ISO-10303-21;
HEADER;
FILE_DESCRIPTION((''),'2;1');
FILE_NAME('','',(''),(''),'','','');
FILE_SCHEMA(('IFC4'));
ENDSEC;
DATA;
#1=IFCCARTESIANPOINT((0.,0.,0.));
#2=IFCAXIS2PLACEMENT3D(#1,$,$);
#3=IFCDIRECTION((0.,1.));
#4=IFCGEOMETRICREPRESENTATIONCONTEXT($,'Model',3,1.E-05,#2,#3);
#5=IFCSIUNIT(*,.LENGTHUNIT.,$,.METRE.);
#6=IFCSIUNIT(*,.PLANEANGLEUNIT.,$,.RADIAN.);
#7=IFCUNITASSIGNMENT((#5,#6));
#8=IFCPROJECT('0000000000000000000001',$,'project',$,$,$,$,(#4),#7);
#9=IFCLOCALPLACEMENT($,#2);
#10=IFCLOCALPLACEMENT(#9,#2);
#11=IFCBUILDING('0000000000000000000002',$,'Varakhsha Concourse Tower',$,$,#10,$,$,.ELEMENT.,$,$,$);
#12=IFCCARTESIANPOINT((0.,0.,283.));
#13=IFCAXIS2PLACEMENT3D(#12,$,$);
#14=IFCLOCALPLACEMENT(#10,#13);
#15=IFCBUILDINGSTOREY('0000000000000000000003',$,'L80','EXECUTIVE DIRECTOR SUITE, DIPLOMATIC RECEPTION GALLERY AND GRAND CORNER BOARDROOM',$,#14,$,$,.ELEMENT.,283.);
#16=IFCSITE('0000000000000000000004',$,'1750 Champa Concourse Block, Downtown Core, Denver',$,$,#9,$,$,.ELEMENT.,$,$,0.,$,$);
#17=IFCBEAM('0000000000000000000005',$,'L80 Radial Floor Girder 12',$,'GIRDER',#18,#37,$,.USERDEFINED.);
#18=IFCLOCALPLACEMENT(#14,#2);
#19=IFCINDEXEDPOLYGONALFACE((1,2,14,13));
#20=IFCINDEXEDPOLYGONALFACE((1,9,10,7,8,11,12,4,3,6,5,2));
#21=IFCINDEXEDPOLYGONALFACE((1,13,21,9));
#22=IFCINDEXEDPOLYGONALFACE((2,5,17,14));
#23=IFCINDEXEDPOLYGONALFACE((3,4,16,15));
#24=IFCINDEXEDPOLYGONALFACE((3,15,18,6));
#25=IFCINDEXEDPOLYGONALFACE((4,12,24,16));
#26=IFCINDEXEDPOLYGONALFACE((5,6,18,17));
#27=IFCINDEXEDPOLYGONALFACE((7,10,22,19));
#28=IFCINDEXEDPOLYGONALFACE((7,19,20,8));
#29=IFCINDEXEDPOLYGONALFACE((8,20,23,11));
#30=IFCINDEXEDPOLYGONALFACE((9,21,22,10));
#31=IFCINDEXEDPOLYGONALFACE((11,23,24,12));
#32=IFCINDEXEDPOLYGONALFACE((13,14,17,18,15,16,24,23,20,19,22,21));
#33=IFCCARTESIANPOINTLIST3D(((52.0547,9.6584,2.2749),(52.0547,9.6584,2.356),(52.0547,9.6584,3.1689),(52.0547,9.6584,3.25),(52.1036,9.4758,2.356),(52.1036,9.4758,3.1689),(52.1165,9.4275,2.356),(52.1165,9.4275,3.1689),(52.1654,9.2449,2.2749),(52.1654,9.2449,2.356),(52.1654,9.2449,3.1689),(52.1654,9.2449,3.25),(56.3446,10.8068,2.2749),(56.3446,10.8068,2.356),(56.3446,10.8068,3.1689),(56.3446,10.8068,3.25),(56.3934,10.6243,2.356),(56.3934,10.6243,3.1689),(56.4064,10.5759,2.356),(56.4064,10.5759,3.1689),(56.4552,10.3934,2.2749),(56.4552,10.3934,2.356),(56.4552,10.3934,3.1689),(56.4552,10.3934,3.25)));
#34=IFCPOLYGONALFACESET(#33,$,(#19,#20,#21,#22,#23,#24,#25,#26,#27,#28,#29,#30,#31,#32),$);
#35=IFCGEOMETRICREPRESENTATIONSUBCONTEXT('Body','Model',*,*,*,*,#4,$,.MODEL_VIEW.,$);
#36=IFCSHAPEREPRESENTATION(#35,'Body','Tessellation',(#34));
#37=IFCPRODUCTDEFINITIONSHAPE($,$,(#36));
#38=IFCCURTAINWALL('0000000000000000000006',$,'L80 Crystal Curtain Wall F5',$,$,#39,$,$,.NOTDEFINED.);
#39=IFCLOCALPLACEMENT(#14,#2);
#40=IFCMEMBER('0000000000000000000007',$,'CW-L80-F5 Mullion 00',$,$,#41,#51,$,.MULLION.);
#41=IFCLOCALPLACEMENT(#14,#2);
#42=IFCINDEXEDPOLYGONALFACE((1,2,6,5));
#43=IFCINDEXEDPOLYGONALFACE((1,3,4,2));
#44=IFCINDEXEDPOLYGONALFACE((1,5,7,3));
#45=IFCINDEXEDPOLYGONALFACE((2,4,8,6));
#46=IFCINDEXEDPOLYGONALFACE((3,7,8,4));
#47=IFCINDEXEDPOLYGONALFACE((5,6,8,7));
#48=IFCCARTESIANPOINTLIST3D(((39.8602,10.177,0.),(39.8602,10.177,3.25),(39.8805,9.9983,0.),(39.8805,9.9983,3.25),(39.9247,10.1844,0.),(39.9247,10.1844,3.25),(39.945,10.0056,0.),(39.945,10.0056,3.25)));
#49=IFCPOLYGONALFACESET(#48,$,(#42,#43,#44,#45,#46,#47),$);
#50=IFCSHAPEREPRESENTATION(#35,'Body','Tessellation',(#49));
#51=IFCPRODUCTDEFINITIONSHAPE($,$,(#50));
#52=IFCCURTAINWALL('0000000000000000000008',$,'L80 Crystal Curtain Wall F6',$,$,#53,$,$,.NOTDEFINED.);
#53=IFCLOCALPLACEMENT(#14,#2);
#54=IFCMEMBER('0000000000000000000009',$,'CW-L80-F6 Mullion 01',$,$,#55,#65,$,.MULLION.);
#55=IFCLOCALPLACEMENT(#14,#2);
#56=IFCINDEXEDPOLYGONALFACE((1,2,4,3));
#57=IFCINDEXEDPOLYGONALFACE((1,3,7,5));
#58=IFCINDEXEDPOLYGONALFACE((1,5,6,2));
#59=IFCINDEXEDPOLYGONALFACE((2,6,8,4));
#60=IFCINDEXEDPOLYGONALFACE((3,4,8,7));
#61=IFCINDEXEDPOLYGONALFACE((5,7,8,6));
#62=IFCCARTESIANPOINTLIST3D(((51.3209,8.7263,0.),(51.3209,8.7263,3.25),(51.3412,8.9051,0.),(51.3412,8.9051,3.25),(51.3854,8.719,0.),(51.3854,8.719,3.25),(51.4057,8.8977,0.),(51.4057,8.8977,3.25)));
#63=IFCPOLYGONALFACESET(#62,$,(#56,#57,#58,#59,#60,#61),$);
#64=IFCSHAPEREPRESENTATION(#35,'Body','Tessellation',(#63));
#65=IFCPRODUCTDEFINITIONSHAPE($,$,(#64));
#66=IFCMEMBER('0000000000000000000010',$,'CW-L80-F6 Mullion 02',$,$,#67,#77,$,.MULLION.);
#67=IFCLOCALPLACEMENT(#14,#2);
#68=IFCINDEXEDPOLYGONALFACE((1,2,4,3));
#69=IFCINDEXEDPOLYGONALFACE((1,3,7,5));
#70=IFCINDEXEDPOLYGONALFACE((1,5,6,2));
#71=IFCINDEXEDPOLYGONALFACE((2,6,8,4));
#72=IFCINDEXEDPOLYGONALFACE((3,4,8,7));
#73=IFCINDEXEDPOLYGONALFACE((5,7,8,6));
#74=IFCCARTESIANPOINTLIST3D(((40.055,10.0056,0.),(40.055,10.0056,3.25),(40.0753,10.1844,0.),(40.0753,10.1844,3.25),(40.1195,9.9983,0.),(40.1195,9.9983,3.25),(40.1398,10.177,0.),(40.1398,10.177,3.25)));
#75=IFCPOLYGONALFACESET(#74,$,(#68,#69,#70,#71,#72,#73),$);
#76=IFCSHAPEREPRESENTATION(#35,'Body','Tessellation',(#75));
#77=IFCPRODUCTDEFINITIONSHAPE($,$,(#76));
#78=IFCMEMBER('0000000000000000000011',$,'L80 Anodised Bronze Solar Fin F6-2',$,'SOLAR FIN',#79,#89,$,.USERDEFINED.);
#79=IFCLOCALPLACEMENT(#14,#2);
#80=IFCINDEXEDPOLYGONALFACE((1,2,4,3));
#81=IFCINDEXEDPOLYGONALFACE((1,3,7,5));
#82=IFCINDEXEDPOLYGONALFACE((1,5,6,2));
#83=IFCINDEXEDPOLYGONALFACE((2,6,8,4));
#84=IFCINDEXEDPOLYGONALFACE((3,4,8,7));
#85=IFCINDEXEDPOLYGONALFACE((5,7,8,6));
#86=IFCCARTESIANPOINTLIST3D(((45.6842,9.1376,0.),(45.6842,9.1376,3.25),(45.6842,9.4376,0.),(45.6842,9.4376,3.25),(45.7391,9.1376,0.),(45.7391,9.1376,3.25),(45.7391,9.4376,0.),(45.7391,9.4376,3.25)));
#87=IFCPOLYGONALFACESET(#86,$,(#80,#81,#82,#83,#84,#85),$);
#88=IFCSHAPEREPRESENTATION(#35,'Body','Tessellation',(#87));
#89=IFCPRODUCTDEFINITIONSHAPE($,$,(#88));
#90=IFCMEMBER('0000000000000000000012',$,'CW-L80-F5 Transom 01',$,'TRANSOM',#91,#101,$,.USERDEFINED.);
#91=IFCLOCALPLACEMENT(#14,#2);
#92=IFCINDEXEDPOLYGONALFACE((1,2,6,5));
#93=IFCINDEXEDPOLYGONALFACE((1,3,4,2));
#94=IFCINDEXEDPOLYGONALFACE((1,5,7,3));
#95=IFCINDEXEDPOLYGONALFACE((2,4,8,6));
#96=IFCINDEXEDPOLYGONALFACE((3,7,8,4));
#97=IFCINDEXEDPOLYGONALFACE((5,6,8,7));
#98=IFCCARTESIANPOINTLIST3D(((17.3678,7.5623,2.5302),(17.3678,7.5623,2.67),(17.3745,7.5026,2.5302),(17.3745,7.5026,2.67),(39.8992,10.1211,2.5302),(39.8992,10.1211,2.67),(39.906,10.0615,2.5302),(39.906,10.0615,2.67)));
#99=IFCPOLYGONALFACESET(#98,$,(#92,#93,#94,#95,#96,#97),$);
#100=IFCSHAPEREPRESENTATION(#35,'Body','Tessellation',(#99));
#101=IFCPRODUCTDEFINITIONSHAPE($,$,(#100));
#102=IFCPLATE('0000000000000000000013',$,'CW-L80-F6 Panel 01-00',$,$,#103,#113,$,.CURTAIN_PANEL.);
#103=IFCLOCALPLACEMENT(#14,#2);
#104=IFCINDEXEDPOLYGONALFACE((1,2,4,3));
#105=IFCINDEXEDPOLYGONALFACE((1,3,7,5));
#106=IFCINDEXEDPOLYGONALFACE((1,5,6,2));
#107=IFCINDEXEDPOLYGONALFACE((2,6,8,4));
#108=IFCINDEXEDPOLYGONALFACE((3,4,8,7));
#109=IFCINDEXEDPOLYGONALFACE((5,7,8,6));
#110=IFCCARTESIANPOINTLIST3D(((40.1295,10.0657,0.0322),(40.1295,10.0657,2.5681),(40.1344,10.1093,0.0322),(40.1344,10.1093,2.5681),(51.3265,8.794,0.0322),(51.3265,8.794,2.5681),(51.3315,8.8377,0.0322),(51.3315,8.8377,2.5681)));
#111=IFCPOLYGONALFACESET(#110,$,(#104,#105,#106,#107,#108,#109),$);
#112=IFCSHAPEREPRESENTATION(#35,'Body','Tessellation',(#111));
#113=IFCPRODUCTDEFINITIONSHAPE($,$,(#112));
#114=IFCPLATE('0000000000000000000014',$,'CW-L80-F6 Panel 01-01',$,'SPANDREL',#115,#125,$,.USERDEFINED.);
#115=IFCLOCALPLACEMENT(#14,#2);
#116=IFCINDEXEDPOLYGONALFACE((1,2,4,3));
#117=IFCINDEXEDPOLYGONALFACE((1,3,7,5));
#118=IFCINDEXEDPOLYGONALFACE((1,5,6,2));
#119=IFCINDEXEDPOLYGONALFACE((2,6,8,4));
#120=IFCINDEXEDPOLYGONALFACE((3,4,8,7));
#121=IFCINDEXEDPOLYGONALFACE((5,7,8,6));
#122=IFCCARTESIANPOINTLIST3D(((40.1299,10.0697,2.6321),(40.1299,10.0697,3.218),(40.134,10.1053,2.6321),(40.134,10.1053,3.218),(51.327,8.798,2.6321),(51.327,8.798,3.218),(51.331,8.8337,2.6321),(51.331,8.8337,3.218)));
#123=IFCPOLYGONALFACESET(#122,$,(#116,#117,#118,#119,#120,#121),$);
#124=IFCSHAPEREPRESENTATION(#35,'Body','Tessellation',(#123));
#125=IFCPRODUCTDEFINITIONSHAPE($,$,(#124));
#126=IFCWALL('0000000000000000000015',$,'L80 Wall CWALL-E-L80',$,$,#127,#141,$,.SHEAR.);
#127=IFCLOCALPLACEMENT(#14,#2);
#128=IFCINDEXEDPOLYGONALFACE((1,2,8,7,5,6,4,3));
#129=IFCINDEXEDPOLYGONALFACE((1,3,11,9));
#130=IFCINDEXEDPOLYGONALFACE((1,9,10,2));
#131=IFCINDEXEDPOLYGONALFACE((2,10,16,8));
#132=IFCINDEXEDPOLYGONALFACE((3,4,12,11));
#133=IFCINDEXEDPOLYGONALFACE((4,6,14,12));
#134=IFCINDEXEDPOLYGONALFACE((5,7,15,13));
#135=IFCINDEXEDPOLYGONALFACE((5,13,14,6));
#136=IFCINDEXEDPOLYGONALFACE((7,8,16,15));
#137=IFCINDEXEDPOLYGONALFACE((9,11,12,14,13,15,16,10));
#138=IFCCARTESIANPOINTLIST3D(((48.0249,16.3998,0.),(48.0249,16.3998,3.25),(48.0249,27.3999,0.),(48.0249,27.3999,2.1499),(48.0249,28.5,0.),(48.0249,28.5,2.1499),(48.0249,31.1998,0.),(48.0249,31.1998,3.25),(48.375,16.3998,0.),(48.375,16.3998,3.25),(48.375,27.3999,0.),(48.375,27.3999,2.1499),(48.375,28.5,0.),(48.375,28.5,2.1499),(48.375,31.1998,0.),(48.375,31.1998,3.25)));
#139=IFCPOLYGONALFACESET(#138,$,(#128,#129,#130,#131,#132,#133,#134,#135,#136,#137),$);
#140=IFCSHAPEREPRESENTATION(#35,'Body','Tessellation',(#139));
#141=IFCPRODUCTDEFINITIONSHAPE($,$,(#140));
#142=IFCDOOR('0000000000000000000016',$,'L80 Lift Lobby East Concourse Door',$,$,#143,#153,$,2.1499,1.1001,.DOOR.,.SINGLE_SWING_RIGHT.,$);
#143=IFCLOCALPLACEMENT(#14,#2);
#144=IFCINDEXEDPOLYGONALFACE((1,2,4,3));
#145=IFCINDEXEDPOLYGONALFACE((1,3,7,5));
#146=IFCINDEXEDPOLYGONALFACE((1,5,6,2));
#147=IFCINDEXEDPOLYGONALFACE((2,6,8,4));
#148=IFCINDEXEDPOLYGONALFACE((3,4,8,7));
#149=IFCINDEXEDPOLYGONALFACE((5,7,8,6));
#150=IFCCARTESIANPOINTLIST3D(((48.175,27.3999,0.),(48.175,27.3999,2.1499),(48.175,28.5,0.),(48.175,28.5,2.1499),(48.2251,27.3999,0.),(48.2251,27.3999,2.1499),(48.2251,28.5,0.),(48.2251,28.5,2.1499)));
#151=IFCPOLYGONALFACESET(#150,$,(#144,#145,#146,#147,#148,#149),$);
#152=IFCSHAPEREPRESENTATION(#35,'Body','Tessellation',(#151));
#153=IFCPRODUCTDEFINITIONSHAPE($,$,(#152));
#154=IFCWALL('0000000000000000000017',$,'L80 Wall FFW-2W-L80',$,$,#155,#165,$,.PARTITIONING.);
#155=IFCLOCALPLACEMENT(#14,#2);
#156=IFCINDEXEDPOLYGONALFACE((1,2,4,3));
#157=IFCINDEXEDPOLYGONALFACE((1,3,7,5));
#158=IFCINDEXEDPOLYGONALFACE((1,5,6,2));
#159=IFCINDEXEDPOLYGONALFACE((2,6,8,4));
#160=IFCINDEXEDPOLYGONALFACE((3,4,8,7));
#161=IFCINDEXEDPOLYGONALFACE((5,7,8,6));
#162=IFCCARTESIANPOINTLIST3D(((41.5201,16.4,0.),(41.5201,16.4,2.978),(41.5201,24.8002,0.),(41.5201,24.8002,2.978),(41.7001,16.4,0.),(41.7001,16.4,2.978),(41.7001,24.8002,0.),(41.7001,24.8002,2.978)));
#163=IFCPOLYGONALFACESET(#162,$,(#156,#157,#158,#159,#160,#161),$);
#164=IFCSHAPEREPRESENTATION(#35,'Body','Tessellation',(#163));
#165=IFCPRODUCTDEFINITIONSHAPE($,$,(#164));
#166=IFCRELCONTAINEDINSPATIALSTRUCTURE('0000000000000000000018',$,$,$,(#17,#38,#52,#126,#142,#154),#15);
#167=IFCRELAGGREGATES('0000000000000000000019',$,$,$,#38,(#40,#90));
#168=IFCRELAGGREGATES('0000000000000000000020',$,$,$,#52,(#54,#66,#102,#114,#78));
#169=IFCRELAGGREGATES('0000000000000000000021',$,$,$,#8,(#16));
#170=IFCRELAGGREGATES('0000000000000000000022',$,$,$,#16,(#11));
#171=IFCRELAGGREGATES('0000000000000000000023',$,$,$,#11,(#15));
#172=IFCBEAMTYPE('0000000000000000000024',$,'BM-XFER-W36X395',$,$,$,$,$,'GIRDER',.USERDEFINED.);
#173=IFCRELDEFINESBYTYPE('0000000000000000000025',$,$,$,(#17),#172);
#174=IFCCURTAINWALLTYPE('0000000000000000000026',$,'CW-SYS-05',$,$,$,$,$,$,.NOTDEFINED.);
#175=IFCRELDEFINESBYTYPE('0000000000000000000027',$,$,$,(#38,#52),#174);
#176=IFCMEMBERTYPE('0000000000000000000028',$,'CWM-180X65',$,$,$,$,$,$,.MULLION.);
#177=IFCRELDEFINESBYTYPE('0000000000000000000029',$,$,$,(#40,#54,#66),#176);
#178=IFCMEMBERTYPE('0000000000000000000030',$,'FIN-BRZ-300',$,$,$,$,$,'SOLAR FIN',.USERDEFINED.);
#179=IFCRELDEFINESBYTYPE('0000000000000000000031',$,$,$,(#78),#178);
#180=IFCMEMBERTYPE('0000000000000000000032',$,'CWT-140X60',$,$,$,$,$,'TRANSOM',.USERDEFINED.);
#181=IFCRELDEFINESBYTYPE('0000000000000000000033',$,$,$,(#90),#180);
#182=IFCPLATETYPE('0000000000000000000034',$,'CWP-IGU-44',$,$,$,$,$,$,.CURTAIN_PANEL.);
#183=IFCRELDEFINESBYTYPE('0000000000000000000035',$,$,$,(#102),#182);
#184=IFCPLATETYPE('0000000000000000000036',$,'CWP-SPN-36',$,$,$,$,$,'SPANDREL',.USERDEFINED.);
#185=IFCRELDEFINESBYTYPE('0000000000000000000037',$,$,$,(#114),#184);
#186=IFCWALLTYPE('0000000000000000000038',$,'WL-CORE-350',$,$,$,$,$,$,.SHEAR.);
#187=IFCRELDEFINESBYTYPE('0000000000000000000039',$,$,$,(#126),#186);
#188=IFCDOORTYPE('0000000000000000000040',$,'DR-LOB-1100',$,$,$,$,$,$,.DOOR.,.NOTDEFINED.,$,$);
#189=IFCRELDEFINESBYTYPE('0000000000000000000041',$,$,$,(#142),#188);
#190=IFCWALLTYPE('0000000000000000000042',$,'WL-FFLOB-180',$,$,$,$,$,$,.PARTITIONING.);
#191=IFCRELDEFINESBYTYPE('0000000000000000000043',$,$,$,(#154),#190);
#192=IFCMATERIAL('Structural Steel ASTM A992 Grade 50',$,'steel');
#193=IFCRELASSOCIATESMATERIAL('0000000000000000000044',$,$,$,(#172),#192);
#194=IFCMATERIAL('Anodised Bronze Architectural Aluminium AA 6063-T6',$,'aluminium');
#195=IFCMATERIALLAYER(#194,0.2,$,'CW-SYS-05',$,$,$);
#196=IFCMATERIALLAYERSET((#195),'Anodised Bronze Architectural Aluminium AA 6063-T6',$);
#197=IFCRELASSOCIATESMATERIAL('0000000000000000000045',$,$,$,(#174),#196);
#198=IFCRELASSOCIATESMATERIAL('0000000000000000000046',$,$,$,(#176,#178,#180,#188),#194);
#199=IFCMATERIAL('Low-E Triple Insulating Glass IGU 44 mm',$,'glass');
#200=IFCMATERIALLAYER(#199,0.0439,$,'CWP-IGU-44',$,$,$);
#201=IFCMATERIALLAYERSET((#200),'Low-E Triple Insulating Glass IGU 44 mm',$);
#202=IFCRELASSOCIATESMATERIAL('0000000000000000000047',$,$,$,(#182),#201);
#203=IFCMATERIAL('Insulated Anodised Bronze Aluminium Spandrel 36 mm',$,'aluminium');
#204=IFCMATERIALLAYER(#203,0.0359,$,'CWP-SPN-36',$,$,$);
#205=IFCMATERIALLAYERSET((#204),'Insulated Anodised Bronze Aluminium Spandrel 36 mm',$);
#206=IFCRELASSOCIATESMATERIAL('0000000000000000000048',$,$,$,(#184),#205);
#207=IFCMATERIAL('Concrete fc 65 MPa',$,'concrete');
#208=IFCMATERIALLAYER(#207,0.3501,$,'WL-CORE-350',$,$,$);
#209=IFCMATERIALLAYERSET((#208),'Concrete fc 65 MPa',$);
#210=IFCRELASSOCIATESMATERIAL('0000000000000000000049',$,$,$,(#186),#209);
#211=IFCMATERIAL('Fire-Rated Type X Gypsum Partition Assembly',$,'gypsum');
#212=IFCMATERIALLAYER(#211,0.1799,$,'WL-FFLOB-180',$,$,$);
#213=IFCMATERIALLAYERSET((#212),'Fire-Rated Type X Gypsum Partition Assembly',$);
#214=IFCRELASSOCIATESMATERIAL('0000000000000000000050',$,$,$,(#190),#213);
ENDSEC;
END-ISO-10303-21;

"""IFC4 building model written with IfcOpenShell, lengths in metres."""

from ifc_helpers import new_model, si_unit, direction, frame, frame_2d, origin, origin_2d, place, context, subcontext, project, spatial, rectangle, i_section, extrude, source, transform, mapped, material, layer, layer_set, material_profile, profile_set, type_object, type_shapes, element, fill, aggregate, save


model = new_model("IFC4")

# Units and contexts
model_context = context("Model", 3, precision=1e-05, world=origin(), true_north=direction((0.0, 1.0)))
body_context = subcontext(model_context, "Body", "Model", "MODEL_VIEW")
ifc_project = project(units=[si_unit("LENGTHUNIT", "METRE"), si_unit("PLANEANGLEUNIT", "RADIAN")], contexts=[model_context])

# Site, building, storey
site_placement = place(None, origin())
site = spatial("IfcSite", under=ifc_project, at=site_placement, Name="1750 Champa Concourse Block, Downtown Core, Denver", CompositionType="ELEMENT", RefElevation=0.0)
building_placement = place(site_placement, origin())
building = spatial("IfcBuilding", under=site, at=building_placement, Name="Varakhsha Concourse Tower", CompositionType="ELEMENT")
storey_placement = place(building_placement, frame((0.0, 0.0, 283.0)))
storey = spatial("IfcBuildingStorey", under=building, at=storey_placement, Name="L80", Description="EXECUTIVE DIRECTOR SUITE, DIPLOMATIC RECEPTION GALLERY AND GRAND CORNER BOARDROOM", CompositionType="ELEMENT", Elevation=283.0)

# Shared definitions
ifc_material_1 = material(Name="Structural Steel ASTM A992 Grade 50", Category="steel")
ifc_material_2 = material(Name="Concrete fc 65 MPa", Category="concrete")

# Beam
ifc_material_profile_1 = material_profile(ifc_material_1, i_section(OverallWidth=0.428, OverallDepth=0.9751, WebThickness=0.05, FlangeThickness=0.0811, at=origin_2d()), Name="W36X395")
ifc_profile_set_1 = profile_set([ifc_material_profile_1], Name="Structural Steel ASTM A992 Grade 50")
beam_type_1 = type_object("IfcBeamType", Name="BM-XFER-W36X395", ElementType="GIRDER", PredefinedType="USERDEFINED", material=ifc_profile_set_1)
beam_1_placement = place(storey_placement, frame((56.3999, 10.6001, 2.7625), z_axis=(-0.965983, -0.258607, 0.0), x_axis=(0.258607, -0.965983, 0.0)))
element("IfcBeam", 1, at=beam_1_placement, inside=storey, type_object=beam_type_1, Name="L80 Radial Floor Girder 12", ObjectType="GIRDER", PredefinedType="USERDEFINED", context=body_context, shape_type="SweptSolid", body=[
    extrude(i_section(OverallWidth=0.428, OverallDepth=0.9751, WebThickness=0.05, FlangeThickness=0.0811, at=origin_2d()), origin(), (0.0, 0.0, 1.0), 4.4409),
])

# Curtain wall, member
ifc_material_3 = material(Name="Anodised Bronze Architectural Aluminium AA 6063-T6", Category="aluminium")
ifc_layer_1 = layer(ifc_material_3, 0.2, Name="CW-SYS-05")
ifc_layer_set_1 = layer_set([ifc_layer_1], Name="Anodised Bronze Architectural Aluminium AA 6063-T6")
curtain_wall_type = type_object("IfcCurtainWallType", Name="CW-SYS-05", PredefinedType="NOTDEFINED", material=ifc_layer_set_1)
curtain_wall_1_placement = place(storey_placement, origin())
curtain_wall_1 = element("IfcCurtainWall", 2, at=curtain_wall_1_placement, inside=storey, type_object=curtain_wall_type, Name="L80 Crystal Curtain Wall F5", PredefinedType="NOTDEFINED")
ifc_material_profile_2 = material_profile(ifc_material_3, rectangle(XDim=0.0649, YDim=0.1799, at=origin_2d()), Name="CWM-180X65")
ifc_profile_set_2 = profile_set([ifc_material_profile_2], Name="Anodised Bronze Architectural Aluminium AA 6063-T6")
member_type_1 = type_object("IfcMemberType", Name="CWM-180X65", PredefinedType="MULLION", material=ifc_profile_set_2)
shared_shape_1 = source(origin(), body_context, "Body", "SweptSolid", [
    extrude(rectangle(XDim=0.0649, YDim=0.1799, at=origin_2d()), origin(), (0.0, 0.0, 1.0), 3.25),
])
type_shapes(member_type_1, [shared_shape_1])
member_1_placement = place(storey_placement, frame((39.9026, 10.0913, 0.0), z_axis=(0.0, 0.0, 1.0), x_axis=(-0.993613, -0.112844, 0.0)))
member_1 = element("IfcMember", 3, at=member_1_placement, type_object=member_type_1, Name="CW-L80-F5 Mullion 00", PredefinedType="MULLION", context=body_context, shape_type="MappedRepresentation", body=[
    mapped(shared_shape_1, transform((0.0, 0.0, 0.0), scale=1.0)),
])

# Curtain wall, members
curtain_wall_2_placement = place(storey_placement, origin())
curtain_wall_2 = element("IfcCurtainWall", 4, at=curtain_wall_2_placement, inside=storey, type_object=curtain_wall_type, Name="L80 Crystal Curtain Wall F6", PredefinedType="NOTDEFINED")
member_2_placement = place(storey_placement, frame((51.3633, 8.812, 0.0), z_axis=(0.0, 0.0, 1.0), x_axis=(-0.993613, 0.112844, 0.0)))
member_2 = element("IfcMember", 5, at=member_2_placement, type_object=member_type_1, Name="CW-L80-F6 Mullion 01", PredefinedType="MULLION", context=body_context, shape_type="MappedRepresentation", body=[
    mapped(shared_shape_1, transform((0.0, 0.0, 0.0), scale=1.0)),
])
member_3_placement = place(storey_placement, frame((40.0974, 10.0913, 0.0), z_axis=(0.0, 0.0, 1.0), x_axis=(-0.993613, 0.112844, 0.0)))
member_3 = element("IfcMember", 6, at=member_3_placement, type_object=member_type_1, Name="CW-L80-F6 Mullion 02", PredefinedType="MULLION", context=body_context, shape_type="MappedRepresentation", body=[
    mapped(shared_shape_1, transform((0.0, 0.0, 0.0), scale=1.0)),
])
ifc_material_profile_3 = material_profile(ifc_material_3, rectangle(XDim=0.0549, YDim=0.3, at=origin_2d()), Name="FIN-BRZ-300")
ifc_profile_set_3 = profile_set([ifc_material_profile_3], Name="Anodised Bronze Architectural Aluminium AA 6063-T6")
member_type_2 = type_object("IfcMemberType", Name="FIN-BRZ-300", ElementType="SOLAR FIN", PredefinedType="USERDEFINED", material=ifc_profile_set_3)
shared_shape_2 = source(origin(), body_context, "Body", "SweptSolid", [
    extrude(rectangle(XDim=0.0549, YDim=0.3, at=origin_2d()), origin(), (0.0, 0.0, 1.0), 3.25),
])
type_shapes(member_type_2, [shared_shape_2])
member_4_placement = place(storey_placement, frame((45.7117, 9.2876, 0.0), z_axis=(0.0, 0.0, 1.0), x_axis=(1.0, 0.0, 0.0)))
member_4 = element("IfcMember", 7, at=member_4_placement, type_object=member_type_2, Name="L80 Anodised Bronze Solar Fin F6-2", ObjectType="SOLAR FIN", PredefinedType="USERDEFINED", context=body_context, shape_type="MappedRepresentation", body=[
    mapped(shared_shape_2, transform((0.0, 0.0, 0.0), scale=1.0)),
])

# Member
ifc_material_profile_4 = material_profile(ifc_material_3, rectangle(XDim=0.0601, YDim=0.1399, at=origin_2d()), Name="CWT-140X60")
ifc_profile_set_4 = profile_set([ifc_material_profile_4], Name="Anodised Bronze Architectural Aluminium AA 6063-T6")
member_type_3 = type_object("IfcMemberType", Name="CWT-140X60", ElementType="TRANSOM", PredefinedType="USERDEFINED", material=ifc_profile_set_4)
shared_shape_3 = source(origin(), body_context, "Body", "SweptSolid", [
    extrude(rectangle(XDim=0.0601, YDim=0.1399, at=origin_2d()), origin(), (0.0, 0.0, 1.0), 22.6763),
])
type_shapes(member_type_3, [shared_shape_3])
member_5_placement = place(storey_placement, frame((39.9026, 10.0913, 2.6001), z_axis=(-0.993613, -0.112842, 0.0), x_axis=(0.112842, -0.993613, 0.0)))
member_5 = element("IfcMember", 8, at=member_5_placement, type_object=member_type_3, Name="CW-L80-F5 Transom 01", ObjectType="TRANSOM", PredefinedType="USERDEFINED", context=body_context, shape_type="MappedRepresentation", body=[
    mapped(shared_shape_3, transform((0.0, 0.0, 0.0), scale=1.0)),
])
aggregate(curtain_wall_1, [member_1, member_5])

# Plates
ifc_material_4 = material(Name="Low-E Triple Insulating Glass IGU 44 mm", Category="glass")
ifc_layer_2 = layer(ifc_material_4, 0.0439, Name="CWP-IGU-44")
ifc_layer_set_2 = layer_set([ifc_layer_2], Name="Low-E Triple Insulating Glass IGU 44 mm")
plate_type_1 = type_object("IfcPlateType", Name="CWP-IGU-44", PredefinedType="CURTAIN_PANEL", material=ifc_layer_set_2)
shared_shape_4 = source(origin(), body_context, "Body", "SweptSolid", [
    extrude(rectangle(XDim=11.269, YDim=0.0439, at=origin_2d()), origin(), (0.0, 0.0, 1.0), 2.5359),
])
type_shapes(plate_type_1, [shared_shape_4])
plate_1_placement = place(storey_placement, frame((45.7305, 9.4517, 0.0322), z_axis=(0.0, 0.0, 1.0), x_axis=(-0.993613, 0.112844, 0.0)))
plate_1 = element("IfcPlate", 9, at=plate_1_placement, type_object=plate_type_1, Name="CW-L80-F6 Panel 01-00", PredefinedType="CURTAIN_PANEL", context=body_context, shape_type="MappedRepresentation", body=[
    mapped(shared_shape_4, transform((0.0, 0.0, 0.0), scale=1.0)),
])
ifc_material_5 = material(Name="Insulated Anodised Bronze Aluminium Spandrel 36 mm", Category="aluminium")
ifc_layer_3 = layer(ifc_material_5, 0.0359, Name="CWP-SPN-36")
ifc_layer_set_3 = layer_set([ifc_layer_3], Name="Insulated Anodised Bronze Aluminium Spandrel 36 mm")
plate_type_2 = type_object("IfcPlateType", Name="CWP-SPN-36", ElementType="SPANDREL", PredefinedType="USERDEFINED", material=ifc_layer_set_3)
shared_shape_5 = source(origin(), body_context, "Body", "SweptSolid", [
    extrude(rectangle(XDim=11.269, YDim=0.0359, at=origin_2d()), origin(), (0.0, 0.0, 1.0), 0.5859),
])
type_shapes(plate_type_2, [shared_shape_5])
plate_2_placement = place(storey_placement, frame((45.7305, 9.4517, 2.6321), z_axis=(0.0, 0.0, 1.0), x_axis=(-0.993613, 0.112844, 0.0)))
plate_2 = element("IfcPlate", 10, at=plate_2_placement, type_object=plate_type_2, Name="CW-L80-F6 Panel 01-01", ObjectType="SPANDREL", PredefinedType="USERDEFINED", context=body_context, shape_type="MappedRepresentation", body=[
    mapped(shared_shape_5, transform((0.0, 0.0, 0.0), scale=1.0)),
])
aggregate(curtain_wall_2, [member_2, member_3, plate_1, plate_2, member_4])

# Wall, opening, door
ifc_layer_4 = layer(ifc_material_2, 0.3501, Name="WL-CORE-350")
ifc_layer_set_4 = layer_set([ifc_layer_4], Name="Concrete fc 65 MPa")
wall_type_1 = type_object("IfcWallType", Name="WL-CORE-350", PredefinedType="SHEAR", material=ifc_layer_set_4)
wall_1_placement = place(storey_placement, frame((48.2, 16.3999, 0.0), z_axis=(0.0, 0.0, 1.0), x_axis=(0.0, 1.0, 0.0)))
wall_1 = element("IfcWall", 11, at=wall_1_placement, inside=storey, type_object=wall_type_1, Name="L80 Wall CWALL-E-L80", PredefinedType="SHEAR", context=body_context, shape_type="SweptSolid", body=[
    extrude(rectangle(XDim=14.8, YDim=0.3501, at=frame_2d((7.3999, 0.0))), origin(), (0.0, 0.0, 1.0), 3.25),
])
opening_1_placement = place(wall_1_placement, frame((11.0, 0.0, 0.0)))
opening_1 = element("IfcOpeningElement", 12, at=opening_1_placement, cuts=wall_1, PredefinedType="OPENING", context=body_context, shape_type="SweptSolid", body=[
    extrude(rectangle(XDim=1.1001, YDim=2.1499, at=frame_2d((0.55, 1.075))), frame((0.0, 0.1851, 0.0), z_axis=(0.0, -1.0, 0.0), x_axis=(1.0, 0.0, 0.0)), (0.0, 0.0, 1.0), 0.3701),
])
door_type_1 = type_object("IfcDoorType", Name="DR-LOB-1100", OperationType="NOTDEFINED", PredefinedType="DOOR", material=ifc_material_3)
door_1_placement = place(opening_1_placement, origin())
door_1 = element("IfcDoor", 13, at=door_1_placement, inside=storey, type_object=door_type_1, Name="L80 Lift Lobby East Concourse Door", OperationType="SINGLE_SWING_RIGHT", OverallHeight=2.1499, OverallWidth=1.1001, PredefinedType="DOOR", context=body_context, shape_type="SweptSolid", body=[
    extrude(rectangle(XDim=1.1001, YDim=2.1499, at=frame_2d((0.55, 1.075))), frame((0.0, 0.0249, 0.0), z_axis=(0.0, -1.0, 0.0), x_axis=(1.0, 0.0, 0.0)), (0.0, 0.0, 1.0), 0.05),
])
fill(opening_1, door_1)

# Wall
ifc_material_6 = material(Name="Fire-Rated Type X Gypsum Partition Assembly", Category="gypsum")
ifc_layer_5 = layer(ifc_material_6, 0.1799, Name="WL-FFLOB-180")
ifc_layer_set_5 = layer_set([ifc_layer_5], Name="Fire-Rated Type X Gypsum Partition Assembly")
wall_type_2 = type_object("IfcWallType", Name="WL-FFLOB-180", PredefinedType="PARTITIONING", material=ifc_layer_set_5)
wall_2_placement = place(storey_placement, frame((41.6101, 16.3999, 0.0), z_axis=(0.0, 0.0, 1.0), x_axis=(0.0, 1.0, 0.0)))
element("IfcWall", 14, at=wall_2_placement, inside=storey, type_object=wall_type_2, Name="L80 Wall FFW-2W-L80", PredefinedType="PARTITIONING", context=body_context, shape_type="SweptSolid", body=[
    extrude(rectangle(XDim=8.4001, YDim=0.1799, at=frame_2d((4.2002, 0.0))), origin(), (0.0, 0.0, 1.0), 2.978),
])

save(model, "model.ifc")
